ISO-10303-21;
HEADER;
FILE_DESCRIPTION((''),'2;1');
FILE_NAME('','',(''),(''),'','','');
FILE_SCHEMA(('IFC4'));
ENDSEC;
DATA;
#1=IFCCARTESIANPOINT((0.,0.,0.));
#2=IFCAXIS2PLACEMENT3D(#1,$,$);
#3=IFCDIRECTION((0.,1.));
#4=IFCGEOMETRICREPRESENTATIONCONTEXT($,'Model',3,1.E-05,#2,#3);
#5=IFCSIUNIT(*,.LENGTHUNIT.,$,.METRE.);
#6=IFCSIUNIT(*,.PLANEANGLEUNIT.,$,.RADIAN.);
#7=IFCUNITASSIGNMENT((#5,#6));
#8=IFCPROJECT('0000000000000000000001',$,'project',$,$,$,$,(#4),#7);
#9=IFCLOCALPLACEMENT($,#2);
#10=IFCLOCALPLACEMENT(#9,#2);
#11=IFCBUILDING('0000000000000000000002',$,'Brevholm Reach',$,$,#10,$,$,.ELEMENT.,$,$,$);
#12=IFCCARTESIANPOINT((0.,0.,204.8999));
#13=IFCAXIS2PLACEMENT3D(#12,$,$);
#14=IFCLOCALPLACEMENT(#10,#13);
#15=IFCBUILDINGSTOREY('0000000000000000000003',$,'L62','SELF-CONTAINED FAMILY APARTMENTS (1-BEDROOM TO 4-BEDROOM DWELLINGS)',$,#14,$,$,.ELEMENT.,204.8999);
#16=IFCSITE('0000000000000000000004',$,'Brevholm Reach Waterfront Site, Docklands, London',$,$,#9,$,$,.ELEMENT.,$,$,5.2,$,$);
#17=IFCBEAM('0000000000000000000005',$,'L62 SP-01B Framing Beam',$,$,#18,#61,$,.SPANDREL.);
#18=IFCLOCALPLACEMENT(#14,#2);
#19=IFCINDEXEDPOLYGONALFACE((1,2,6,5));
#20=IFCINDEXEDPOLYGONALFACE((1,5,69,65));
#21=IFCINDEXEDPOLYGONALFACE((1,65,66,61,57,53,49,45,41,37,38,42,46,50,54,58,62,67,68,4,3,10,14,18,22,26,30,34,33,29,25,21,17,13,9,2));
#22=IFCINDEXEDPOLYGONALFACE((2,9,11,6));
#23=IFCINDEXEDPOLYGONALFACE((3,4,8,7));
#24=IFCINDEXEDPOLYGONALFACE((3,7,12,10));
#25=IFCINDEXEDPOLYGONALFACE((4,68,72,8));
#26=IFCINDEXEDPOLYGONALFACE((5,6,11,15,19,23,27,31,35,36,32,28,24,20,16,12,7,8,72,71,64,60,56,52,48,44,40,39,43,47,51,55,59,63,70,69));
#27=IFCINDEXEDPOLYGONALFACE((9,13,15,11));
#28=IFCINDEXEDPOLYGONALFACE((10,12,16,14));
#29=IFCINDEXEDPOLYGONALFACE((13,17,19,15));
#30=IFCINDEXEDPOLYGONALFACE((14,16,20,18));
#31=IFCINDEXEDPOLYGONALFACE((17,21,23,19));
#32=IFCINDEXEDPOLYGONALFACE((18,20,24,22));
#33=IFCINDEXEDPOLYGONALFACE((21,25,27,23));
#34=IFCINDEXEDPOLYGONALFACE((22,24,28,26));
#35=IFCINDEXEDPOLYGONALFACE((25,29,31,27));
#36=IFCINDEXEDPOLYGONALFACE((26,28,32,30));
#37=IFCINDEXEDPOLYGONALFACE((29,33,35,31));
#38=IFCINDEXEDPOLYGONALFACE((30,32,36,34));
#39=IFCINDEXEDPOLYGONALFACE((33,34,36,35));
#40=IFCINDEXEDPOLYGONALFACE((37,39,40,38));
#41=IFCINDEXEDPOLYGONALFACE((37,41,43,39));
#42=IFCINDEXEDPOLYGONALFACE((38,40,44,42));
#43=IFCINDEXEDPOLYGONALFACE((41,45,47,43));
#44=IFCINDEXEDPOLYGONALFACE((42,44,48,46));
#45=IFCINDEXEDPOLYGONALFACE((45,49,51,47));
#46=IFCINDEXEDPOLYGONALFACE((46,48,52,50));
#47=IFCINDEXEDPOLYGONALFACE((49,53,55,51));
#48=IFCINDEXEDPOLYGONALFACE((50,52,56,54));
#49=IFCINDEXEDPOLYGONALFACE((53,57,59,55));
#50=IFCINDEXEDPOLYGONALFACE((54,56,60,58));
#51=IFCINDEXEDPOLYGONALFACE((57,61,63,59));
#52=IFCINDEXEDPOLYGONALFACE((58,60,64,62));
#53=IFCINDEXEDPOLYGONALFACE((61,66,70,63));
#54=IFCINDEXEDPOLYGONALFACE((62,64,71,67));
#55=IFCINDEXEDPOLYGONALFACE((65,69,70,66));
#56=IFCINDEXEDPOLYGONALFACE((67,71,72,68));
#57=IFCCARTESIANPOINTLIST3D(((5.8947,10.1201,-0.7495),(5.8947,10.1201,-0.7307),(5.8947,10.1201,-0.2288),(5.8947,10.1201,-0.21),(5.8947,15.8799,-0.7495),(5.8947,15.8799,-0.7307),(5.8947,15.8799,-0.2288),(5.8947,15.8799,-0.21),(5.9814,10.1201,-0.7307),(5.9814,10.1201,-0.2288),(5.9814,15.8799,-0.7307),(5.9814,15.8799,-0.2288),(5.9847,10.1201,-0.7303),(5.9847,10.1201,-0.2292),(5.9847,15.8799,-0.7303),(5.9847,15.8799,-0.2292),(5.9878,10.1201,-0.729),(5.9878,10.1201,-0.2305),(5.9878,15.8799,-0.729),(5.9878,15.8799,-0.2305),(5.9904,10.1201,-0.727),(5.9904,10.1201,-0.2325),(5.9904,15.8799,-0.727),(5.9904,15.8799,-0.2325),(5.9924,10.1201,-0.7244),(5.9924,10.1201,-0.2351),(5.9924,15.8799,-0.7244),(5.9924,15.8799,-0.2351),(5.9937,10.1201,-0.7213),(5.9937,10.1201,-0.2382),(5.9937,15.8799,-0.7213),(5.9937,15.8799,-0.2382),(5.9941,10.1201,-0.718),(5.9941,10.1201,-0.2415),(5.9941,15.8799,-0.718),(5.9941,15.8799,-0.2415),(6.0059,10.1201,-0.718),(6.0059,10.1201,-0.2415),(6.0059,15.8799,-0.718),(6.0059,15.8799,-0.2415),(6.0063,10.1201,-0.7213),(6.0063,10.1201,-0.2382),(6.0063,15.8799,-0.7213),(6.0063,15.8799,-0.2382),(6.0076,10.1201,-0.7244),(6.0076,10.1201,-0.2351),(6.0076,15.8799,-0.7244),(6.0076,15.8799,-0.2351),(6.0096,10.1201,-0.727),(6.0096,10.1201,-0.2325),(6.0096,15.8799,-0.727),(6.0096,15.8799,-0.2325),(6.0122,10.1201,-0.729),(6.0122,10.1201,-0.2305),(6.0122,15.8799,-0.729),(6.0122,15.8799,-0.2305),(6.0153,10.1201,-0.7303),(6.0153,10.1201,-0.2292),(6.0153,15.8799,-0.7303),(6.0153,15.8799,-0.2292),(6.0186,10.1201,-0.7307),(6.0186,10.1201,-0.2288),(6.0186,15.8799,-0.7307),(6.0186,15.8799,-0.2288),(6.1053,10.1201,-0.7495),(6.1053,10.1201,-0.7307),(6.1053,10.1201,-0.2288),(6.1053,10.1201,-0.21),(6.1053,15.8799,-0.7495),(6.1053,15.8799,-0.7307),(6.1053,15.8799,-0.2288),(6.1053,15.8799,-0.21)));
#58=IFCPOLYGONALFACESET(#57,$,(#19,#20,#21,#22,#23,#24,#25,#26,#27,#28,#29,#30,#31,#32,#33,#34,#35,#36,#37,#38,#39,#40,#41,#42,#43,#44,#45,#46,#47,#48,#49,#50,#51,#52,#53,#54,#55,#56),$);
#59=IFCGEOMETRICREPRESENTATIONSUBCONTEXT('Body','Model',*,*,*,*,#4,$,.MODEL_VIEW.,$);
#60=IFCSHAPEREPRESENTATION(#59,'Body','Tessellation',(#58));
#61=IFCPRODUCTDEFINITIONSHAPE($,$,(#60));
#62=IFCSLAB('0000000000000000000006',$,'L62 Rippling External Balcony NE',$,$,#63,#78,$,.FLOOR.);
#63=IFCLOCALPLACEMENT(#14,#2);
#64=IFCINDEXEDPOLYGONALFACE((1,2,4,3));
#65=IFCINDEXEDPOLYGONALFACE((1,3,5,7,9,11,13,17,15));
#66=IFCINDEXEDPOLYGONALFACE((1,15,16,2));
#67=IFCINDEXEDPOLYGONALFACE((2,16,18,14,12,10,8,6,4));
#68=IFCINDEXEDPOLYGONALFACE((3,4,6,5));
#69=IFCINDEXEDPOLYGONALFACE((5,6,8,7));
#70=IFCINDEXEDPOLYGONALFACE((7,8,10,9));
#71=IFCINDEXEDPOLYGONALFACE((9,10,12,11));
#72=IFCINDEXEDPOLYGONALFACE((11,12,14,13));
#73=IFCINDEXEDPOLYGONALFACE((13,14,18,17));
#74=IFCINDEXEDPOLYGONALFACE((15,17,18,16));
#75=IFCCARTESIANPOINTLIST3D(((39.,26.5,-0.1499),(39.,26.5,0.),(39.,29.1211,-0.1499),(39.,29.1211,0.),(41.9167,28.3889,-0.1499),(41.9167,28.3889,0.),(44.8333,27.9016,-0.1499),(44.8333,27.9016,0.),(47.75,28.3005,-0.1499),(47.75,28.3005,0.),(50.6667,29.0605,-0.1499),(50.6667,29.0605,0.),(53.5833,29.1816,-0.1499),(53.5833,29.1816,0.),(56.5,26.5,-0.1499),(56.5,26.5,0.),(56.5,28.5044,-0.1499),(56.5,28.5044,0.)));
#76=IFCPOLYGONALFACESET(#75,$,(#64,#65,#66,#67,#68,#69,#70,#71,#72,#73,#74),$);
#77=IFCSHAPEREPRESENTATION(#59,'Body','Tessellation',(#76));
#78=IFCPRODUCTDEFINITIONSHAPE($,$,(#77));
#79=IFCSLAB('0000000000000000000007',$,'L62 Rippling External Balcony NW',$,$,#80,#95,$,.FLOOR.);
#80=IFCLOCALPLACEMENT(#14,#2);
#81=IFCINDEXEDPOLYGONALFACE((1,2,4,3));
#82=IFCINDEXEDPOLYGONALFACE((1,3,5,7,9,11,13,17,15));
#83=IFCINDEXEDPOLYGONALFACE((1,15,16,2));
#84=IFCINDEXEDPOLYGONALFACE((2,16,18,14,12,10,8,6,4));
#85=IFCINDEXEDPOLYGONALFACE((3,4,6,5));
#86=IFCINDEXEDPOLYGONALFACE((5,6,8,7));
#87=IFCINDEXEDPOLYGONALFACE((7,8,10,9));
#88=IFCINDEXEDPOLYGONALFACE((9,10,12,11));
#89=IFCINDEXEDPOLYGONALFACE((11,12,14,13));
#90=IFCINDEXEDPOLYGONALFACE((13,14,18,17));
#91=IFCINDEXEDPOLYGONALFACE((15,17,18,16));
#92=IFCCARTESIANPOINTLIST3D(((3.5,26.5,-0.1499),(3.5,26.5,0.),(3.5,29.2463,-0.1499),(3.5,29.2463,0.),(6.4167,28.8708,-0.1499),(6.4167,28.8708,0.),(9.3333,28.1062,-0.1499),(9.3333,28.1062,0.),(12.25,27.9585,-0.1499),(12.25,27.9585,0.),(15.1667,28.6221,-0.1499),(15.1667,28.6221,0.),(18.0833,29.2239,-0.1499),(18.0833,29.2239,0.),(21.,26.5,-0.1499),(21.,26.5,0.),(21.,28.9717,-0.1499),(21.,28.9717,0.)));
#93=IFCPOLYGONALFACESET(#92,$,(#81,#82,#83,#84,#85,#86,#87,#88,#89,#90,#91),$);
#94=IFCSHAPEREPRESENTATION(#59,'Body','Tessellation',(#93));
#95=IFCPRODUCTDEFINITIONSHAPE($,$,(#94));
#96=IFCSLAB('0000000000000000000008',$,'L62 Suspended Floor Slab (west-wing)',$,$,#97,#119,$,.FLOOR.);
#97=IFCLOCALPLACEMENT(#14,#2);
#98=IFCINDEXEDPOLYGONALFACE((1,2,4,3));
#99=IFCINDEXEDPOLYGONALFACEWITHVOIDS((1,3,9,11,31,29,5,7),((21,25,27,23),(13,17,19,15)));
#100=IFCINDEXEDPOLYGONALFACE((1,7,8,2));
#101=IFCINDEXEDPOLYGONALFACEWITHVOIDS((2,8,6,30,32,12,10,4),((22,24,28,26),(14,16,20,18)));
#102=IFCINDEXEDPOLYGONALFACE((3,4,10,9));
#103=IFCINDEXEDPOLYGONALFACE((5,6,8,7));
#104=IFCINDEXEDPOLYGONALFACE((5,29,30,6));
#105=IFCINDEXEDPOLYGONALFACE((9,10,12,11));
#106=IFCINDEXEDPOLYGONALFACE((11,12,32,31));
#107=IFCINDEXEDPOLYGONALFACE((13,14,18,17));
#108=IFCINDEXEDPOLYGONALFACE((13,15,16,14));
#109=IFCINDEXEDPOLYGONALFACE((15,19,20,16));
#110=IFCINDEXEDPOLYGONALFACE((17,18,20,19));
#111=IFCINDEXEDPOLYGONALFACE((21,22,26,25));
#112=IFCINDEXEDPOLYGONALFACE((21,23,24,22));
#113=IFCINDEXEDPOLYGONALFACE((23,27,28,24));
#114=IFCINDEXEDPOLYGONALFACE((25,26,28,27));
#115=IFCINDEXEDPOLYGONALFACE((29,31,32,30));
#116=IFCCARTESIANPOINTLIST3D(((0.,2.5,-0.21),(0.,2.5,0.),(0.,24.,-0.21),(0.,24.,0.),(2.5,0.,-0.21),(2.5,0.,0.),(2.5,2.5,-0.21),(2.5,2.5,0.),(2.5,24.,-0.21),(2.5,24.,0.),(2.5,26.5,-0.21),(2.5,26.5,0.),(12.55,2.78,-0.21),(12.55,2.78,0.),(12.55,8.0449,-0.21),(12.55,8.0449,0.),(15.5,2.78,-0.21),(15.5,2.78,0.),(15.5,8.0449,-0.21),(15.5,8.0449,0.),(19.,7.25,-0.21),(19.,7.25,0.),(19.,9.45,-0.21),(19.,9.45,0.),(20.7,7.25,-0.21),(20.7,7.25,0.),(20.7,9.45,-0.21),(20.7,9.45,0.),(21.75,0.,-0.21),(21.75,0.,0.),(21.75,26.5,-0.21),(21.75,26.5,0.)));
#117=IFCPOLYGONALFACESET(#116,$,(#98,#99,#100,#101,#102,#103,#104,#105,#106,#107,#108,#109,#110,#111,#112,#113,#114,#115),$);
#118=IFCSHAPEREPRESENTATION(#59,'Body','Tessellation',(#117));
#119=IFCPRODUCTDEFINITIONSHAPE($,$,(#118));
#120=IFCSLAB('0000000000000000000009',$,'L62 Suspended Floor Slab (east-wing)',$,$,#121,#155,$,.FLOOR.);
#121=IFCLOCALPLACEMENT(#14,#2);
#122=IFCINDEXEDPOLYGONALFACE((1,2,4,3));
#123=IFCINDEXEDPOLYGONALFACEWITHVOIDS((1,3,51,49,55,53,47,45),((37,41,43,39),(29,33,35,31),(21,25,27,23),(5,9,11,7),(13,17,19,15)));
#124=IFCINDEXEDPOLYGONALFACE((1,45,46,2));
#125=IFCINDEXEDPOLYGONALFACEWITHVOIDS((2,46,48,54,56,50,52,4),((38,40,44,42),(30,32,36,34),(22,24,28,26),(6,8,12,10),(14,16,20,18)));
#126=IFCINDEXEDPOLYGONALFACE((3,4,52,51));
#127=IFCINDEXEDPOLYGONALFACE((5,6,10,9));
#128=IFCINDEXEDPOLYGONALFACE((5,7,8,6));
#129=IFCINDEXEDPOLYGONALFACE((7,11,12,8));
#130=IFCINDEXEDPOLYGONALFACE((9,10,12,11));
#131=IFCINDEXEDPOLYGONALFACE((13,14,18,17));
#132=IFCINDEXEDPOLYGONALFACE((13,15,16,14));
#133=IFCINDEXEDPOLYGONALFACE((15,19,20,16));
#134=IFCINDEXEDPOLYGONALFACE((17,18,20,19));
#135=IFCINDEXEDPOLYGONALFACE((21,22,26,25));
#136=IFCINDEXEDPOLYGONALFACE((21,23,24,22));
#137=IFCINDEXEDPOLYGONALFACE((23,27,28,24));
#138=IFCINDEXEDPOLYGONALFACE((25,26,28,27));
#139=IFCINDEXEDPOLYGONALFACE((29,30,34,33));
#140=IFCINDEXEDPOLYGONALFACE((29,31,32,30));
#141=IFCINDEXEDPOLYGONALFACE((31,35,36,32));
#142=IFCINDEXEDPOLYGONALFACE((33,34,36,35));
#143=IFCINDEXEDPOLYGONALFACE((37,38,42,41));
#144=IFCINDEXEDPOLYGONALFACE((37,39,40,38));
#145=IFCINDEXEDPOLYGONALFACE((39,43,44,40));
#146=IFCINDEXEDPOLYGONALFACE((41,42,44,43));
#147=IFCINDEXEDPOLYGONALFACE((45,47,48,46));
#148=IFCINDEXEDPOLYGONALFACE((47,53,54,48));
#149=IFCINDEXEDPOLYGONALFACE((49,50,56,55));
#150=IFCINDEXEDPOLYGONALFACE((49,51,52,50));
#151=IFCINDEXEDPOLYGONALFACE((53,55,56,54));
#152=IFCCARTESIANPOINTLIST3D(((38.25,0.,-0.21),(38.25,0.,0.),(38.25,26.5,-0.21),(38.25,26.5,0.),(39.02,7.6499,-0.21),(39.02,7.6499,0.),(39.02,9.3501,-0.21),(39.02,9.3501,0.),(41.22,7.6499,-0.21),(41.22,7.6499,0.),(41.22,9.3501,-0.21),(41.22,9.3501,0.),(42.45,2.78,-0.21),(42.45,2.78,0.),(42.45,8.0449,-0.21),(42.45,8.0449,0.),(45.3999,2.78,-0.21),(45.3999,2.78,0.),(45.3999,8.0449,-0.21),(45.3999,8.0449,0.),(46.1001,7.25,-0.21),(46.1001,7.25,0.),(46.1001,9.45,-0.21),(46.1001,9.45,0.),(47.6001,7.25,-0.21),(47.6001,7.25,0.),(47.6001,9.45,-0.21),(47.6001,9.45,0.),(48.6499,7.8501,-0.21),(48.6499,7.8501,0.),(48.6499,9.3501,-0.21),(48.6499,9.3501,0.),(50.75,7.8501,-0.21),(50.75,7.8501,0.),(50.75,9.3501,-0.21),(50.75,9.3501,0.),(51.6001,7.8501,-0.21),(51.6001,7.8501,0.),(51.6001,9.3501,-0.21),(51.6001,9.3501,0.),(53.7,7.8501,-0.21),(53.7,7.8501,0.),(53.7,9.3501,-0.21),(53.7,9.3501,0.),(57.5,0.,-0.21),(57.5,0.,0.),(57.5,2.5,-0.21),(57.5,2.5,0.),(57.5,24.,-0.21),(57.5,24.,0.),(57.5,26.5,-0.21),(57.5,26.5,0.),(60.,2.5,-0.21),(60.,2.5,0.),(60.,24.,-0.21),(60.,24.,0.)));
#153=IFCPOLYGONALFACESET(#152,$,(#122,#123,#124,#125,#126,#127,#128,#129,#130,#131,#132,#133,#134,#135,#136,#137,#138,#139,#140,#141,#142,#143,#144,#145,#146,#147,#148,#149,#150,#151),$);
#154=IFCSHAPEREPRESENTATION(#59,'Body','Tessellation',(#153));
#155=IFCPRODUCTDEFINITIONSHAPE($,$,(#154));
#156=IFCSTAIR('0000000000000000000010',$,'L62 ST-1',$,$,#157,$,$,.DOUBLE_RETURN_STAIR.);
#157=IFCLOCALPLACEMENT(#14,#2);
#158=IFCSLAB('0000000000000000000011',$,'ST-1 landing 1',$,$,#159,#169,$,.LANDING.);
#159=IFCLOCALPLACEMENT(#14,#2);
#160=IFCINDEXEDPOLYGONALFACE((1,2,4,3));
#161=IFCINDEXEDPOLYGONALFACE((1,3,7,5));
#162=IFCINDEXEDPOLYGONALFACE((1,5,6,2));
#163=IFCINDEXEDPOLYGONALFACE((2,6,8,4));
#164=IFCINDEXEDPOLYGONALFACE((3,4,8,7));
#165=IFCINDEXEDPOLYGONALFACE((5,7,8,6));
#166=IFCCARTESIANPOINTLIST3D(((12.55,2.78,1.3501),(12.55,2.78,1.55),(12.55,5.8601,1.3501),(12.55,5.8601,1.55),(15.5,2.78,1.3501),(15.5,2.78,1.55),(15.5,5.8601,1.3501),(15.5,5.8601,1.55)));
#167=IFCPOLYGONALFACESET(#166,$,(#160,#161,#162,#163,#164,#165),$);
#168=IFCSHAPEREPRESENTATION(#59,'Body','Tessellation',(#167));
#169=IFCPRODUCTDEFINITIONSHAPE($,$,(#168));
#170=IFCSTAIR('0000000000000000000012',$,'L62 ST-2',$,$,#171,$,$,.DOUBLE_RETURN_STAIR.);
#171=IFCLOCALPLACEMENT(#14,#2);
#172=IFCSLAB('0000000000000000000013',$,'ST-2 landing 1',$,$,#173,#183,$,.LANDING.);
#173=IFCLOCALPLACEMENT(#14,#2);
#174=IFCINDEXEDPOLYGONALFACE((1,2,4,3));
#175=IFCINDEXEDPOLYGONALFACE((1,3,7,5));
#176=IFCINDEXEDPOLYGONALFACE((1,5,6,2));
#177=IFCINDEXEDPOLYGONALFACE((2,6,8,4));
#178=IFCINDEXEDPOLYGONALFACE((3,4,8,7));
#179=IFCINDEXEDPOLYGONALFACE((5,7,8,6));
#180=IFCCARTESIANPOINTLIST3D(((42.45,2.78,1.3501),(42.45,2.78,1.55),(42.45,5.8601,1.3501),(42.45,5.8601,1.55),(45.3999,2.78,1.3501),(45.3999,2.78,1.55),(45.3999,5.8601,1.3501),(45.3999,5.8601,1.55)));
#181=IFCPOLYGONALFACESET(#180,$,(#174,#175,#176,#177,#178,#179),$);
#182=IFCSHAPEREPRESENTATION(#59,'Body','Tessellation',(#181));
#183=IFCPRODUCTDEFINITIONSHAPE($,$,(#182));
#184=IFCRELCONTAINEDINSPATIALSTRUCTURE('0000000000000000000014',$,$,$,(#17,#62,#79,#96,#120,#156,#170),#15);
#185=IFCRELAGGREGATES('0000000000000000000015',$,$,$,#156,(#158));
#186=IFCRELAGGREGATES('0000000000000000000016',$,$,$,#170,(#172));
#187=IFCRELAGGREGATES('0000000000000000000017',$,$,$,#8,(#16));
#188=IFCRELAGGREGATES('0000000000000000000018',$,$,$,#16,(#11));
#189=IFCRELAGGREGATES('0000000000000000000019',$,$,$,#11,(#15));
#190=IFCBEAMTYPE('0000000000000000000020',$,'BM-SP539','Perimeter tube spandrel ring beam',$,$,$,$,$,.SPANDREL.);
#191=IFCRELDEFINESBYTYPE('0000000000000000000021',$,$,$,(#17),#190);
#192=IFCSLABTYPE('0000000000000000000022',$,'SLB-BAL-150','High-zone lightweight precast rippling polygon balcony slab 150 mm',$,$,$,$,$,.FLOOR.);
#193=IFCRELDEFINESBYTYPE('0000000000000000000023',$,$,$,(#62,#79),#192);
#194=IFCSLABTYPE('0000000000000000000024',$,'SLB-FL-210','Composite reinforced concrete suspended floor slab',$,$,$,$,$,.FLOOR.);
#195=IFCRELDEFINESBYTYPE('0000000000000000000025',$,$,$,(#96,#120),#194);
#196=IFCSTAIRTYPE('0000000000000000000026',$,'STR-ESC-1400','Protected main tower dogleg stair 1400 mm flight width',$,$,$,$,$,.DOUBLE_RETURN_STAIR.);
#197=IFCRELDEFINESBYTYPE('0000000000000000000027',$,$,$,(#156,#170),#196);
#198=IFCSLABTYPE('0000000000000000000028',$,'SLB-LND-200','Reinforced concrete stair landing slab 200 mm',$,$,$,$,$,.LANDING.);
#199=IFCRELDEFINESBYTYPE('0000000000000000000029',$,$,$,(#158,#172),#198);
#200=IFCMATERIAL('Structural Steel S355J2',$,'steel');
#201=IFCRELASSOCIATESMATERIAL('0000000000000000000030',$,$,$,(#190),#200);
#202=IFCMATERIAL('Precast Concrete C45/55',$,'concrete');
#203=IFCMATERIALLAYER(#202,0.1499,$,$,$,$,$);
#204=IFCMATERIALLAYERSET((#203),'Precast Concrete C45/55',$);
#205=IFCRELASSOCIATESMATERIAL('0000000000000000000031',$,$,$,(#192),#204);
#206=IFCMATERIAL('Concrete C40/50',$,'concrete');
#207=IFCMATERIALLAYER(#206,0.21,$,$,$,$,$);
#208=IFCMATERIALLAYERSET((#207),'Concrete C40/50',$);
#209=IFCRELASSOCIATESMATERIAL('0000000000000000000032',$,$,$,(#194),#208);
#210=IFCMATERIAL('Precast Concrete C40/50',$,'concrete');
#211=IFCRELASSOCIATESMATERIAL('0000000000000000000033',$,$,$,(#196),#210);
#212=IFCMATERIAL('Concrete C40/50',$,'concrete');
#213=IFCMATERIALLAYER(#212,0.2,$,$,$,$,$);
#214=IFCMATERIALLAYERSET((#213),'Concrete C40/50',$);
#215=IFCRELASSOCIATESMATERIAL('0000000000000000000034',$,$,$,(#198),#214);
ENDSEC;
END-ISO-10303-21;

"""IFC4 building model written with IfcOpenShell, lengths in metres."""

from ifc_helpers import new_model, si_unit, direction, frame, origin, origin_2d, place, context, subcontext, project, spatial, polyline, i_section, outline, extrude, material, layer, layer_set, material_profile, profile_set, type_object, element, aggregate, save


model = new_model("IFC4")

# Units and contexts
model_context = context("Model", 3, precision=1e-05, world=origin(), true_north=direction((0.0, 1.0)))
body_context = subcontext(model_context, "Body", "Model", "MODEL_VIEW")
ifc_project = project(units=[si_unit("LENGTHUNIT", "METRE"), si_unit("PLANEANGLEUNIT", "RADIAN")], contexts=[model_context])

# Site, building, storey
site_placement = place(None, origin())
site = spatial("IfcSite", under=ifc_project, at=site_placement, Name="Brevholm Reach Waterfront Site, Docklands, London", CompositionType="ELEMENT", RefElevation=5.2)
building_placement = place(site_placement, origin())
building = spatial("IfcBuilding", under=site, at=building_placement, Name="Brevholm Reach", CompositionType="ELEMENT")
storey_placement = place(building_placement, frame((0.0, 0.0, 204.8999)))
storey = spatial("IfcBuildingStorey", under=building, at=storey_placement, Name="L62", Description="SELF-CONTAINED FAMILY APARTMENTS (1-BEDROOM TO 4-BEDROOM DWELLINGS)", CompositionType="ELEMENT", Elevation=204.8999)

# Beam
ifc_material_1 = material(Name="Structural Steel S355J2", Category="steel")
ifc_material_profile_1 = material_profile(ifc_material_1, i_section(OverallWidth=0.2107, OverallDepth=0.5396, WebThickness=0.0117, FlangeThickness=0.0188, FilletRadius=0.0127, at=origin_2d()), Name="UKB 533x210x109")
ifc_profile_set_1 = profile_set([ifc_material_profile_1], Name="Structural Steel S355J2")
beam_type_1 = type_object("IfcBeamType", Name="BM-SP539", Description="Perimeter tube spandrel ring beam", PredefinedType="SPANDREL", material=ifc_profile_set_1)
beam_1_placement = place(storey_placement, frame((6.0, 10.1201, -0.4797), z_axis=(0.0, 1.0, 0.0), x_axis=(-1.0, 0.0, 0.0)))
element("IfcBeam", 1, at=beam_1_placement, inside=storey, type_object=beam_type_1, Name="L62 SP-01B Framing Beam", PredefinedType="SPANDREL", context=body_context, shape_type="SweptSolid", body=[
    extrude(i_section(OverallWidth=0.2107, OverallDepth=0.5396, WebThickness=0.0117, FlangeThickness=0.0188, FilletRadius=0.0127, at=origin_2d()), origin(), (0.0, 0.0, 1.0), 5.7598),
])

# Slabs
ifc_material_2 = material(Name="Precast Concrete C45/55", Category="concrete")
ifc_layer_1 = layer(ifc_material_2, 0.1499)
ifc_layer_set_1 = layer_set([ifc_layer_1], Name="Precast Concrete C45/55")
slab_type_1 = type_object("IfcSlabType", Name="SLB-BAL-150", Description="High-zone lightweight precast rippling polygon balcony slab 150 mm", PredefinedType="FLOOR", material=ifc_layer_set_1)
slab_1_placement = place(storey_placement, frame((0.0, 0.0, -0.1499)))
element("IfcSlab", 2, at=slab_1_placement, inside=storey, type_object=slab_type_1, Name="L62 Rippling External Balcony NE", PredefinedType="FLOOR", context=body_context, shape_type="SweptSolid", body=[
    extrude(outline(polyline([(39.0, 26.5), (56.5, 26.5), (56.5, 28.5044), (53.5833, 29.1816), (50.6667, 29.0605), (47.75, 28.3005), (44.8333, 27.9016), (41.9167, 28.3889), (39.0, 29.1211), (39.0, 26.5)])), origin(), (0.0, 0.0, 1.0), 0.1499),
])
slab_2_placement = place(storey_placement, frame((0.0, 0.0, -0.1499)))
element("IfcSlab", 3, at=slab_2_placement, inside=storey, type_object=slab_type_1, Name="L62 Rippling External Balcony NW", PredefinedType="FLOOR", context=body_context, shape_type="SweptSolid", body=[
    extrude(outline(polyline([(3.5, 26.5), (21.0, 26.5), (21.0, 28.9717), (18.0833, 29.2239), (15.1667, 28.6221), (12.25, 27.9585), (9.3333, 28.1062), (6.4167, 28.8708), (3.5, 29.2463), (3.5, 26.5)])), origin(), (0.0, 0.0, 1.0), 0.1499),
])
ifc_material_3 = material(Name="Concrete C40/50", Category="concrete")
ifc_layer_2 = layer(ifc_material_3, 0.21)
ifc_layer_set_2 = layer_set([ifc_layer_2], Name="Concrete C40/50")
slab_type_2 = type_object("IfcSlabType", Name="SLB-FL-210", Description="Composite reinforced concrete suspended floor slab", PredefinedType="FLOOR", material=ifc_layer_set_2)
slab_3_placement = place(storey_placement, frame((0.0, 0.0, -0.21)))
element("IfcSlab", 4, at=slab_3_placement, inside=storey, type_object=slab_type_2, Name="L62 Suspended Floor Slab (west-wing)", PredefinedType="FLOOR", context=body_context, shape_type="SweptSolid", body=[
    extrude(outline(polyline([(2.5, 0.0), (21.75, 0.0), (21.75, 26.5), (2.5, 26.5), (2.5, 24.0), (0.0, 24.0), (0.0, 2.5), (2.5, 2.5), (2.5, 0.0)]), holes=[polyline([(12.55, 2.78), (15.5, 2.78), (15.5, 8.0449), (12.55, 8.0449), (12.55, 2.78)]), polyline([(19.0, 7.25), (20.7, 7.25), (20.7, 9.45), (19.0, 9.45), (19.0, 7.25)])]), origin(), (0.0, 0.0, 1.0), 0.21),
])
slab_4_placement = place(storey_placement, frame((0.0, 0.0, -0.21)))
element("IfcSlab", 5, at=slab_4_placement, inside=storey, type_object=slab_type_2, Name="L62 Suspended Floor Slab (east-wing)", PredefinedType="FLOOR", context=body_context, shape_type="SweptSolid", body=[
    extrude(outline(polyline([(38.25, 0.0), (57.5, 0.0), (57.5, 2.5), (60.0, 2.5), (60.0, 24.0), (57.5, 24.0), (57.5, 26.5), (38.25, 26.5), (38.25, 0.0)]), holes=[polyline([(42.45, 2.78), (45.3999, 2.78), (45.3999, 8.0449), (42.45, 8.0449), (42.45, 2.78)]), polyline([(46.1001, 7.25), (47.6001, 7.25), (47.6001, 9.45), (46.1001, 9.45), (46.1001, 7.25)]), polyline([(39.02, 7.6499), (41.22, 7.6499), (41.22, 9.3501), (39.02, 9.3501), (39.02, 7.6499)]), polyline([(48.6499, 7.8501), (50.75, 7.8501), (50.75, 9.3501), (48.6499, 9.3501), (48.6499, 7.8501)]), polyline([(51.6001, 7.8501), (53.7, 7.8501), (53.7, 9.3501), (51.6001, 9.3501), (51.6001, 7.8501)])]), origin(), (0.0, 0.0, 1.0), 0.21),
])

# Stairs, slabs
ifc_material_4 = material(Name="Precast Concrete C40/50", Category="concrete")
stair_type = type_object("IfcStairType", Name="STR-ESC-1400", Description="Protected main tower dogleg stair 1400 mm flight width", PredefinedType="DOUBLE_RETURN_STAIR", material=ifc_material_4)
stair_1_placement = place(storey_placement, origin())
stair_1 = element("IfcStair", 6, at=stair_1_placement, inside=storey, type_object=stair_type, Name="L62 ST-1", PredefinedType="DOUBLE_RETURN_STAIR")
ifc_material_5 = material(Name="Concrete C40/50", Category="concrete")
ifc_layer_3 = layer(ifc_material_5, 0.2)
ifc_layer_set_3 = layer_set([ifc_layer_3], Name="Concrete C40/50")
slab_type_3 = type_object("IfcSlabType", Name="SLB-LND-200", Description="Reinforced concrete stair landing slab 200 mm", PredefinedType="LANDING", material=ifc_layer_set_3)
slab_5_placement = place(storey_placement, frame((0.0, 0.0, 1.3501)))
slab_5 = element("IfcSlab", 7, at=slab_5_placement, type_object=slab_type_3, Name="ST-1 landing 1", PredefinedType="LANDING", context=body_context, shape_type="SweptSolid", body=[
    extrude(outline(polyline([(12.55, 5.8601), (12.55, 2.78), (15.5, 2.78), (15.5, 5.8601), (12.55, 5.8601)])), origin(), (0.0, 0.0, 1.0), 0.2),
])
aggregate(stair_1, [slab_5])
stair_2_placement = place(storey_placement, origin())
stair_2 = element("IfcStair", 8, at=stair_2_placement, inside=storey, type_object=stair_type, Name="L62 ST-2", PredefinedType="DOUBLE_RETURN_STAIR")
slab_6_placement = place(storey_placement, frame((0.0, 0.0, 1.3501)))
slab_6 = element("IfcSlab", 9, at=slab_6_placement, type_object=slab_type_3, Name="ST-2 landing 1", PredefinedType="LANDING", context=body_context, shape_type="SweptSolid", body=[
    extrude(outline(polyline([(42.45, 5.8601), (42.45, 2.78), (45.3999, 2.78), (45.3999, 5.8601), (42.45, 5.8601)])), origin(), (0.0, 0.0, 1.0), 0.2),
])
aggregate(stair_2, [slab_6])

save(model, "model.ifc")
